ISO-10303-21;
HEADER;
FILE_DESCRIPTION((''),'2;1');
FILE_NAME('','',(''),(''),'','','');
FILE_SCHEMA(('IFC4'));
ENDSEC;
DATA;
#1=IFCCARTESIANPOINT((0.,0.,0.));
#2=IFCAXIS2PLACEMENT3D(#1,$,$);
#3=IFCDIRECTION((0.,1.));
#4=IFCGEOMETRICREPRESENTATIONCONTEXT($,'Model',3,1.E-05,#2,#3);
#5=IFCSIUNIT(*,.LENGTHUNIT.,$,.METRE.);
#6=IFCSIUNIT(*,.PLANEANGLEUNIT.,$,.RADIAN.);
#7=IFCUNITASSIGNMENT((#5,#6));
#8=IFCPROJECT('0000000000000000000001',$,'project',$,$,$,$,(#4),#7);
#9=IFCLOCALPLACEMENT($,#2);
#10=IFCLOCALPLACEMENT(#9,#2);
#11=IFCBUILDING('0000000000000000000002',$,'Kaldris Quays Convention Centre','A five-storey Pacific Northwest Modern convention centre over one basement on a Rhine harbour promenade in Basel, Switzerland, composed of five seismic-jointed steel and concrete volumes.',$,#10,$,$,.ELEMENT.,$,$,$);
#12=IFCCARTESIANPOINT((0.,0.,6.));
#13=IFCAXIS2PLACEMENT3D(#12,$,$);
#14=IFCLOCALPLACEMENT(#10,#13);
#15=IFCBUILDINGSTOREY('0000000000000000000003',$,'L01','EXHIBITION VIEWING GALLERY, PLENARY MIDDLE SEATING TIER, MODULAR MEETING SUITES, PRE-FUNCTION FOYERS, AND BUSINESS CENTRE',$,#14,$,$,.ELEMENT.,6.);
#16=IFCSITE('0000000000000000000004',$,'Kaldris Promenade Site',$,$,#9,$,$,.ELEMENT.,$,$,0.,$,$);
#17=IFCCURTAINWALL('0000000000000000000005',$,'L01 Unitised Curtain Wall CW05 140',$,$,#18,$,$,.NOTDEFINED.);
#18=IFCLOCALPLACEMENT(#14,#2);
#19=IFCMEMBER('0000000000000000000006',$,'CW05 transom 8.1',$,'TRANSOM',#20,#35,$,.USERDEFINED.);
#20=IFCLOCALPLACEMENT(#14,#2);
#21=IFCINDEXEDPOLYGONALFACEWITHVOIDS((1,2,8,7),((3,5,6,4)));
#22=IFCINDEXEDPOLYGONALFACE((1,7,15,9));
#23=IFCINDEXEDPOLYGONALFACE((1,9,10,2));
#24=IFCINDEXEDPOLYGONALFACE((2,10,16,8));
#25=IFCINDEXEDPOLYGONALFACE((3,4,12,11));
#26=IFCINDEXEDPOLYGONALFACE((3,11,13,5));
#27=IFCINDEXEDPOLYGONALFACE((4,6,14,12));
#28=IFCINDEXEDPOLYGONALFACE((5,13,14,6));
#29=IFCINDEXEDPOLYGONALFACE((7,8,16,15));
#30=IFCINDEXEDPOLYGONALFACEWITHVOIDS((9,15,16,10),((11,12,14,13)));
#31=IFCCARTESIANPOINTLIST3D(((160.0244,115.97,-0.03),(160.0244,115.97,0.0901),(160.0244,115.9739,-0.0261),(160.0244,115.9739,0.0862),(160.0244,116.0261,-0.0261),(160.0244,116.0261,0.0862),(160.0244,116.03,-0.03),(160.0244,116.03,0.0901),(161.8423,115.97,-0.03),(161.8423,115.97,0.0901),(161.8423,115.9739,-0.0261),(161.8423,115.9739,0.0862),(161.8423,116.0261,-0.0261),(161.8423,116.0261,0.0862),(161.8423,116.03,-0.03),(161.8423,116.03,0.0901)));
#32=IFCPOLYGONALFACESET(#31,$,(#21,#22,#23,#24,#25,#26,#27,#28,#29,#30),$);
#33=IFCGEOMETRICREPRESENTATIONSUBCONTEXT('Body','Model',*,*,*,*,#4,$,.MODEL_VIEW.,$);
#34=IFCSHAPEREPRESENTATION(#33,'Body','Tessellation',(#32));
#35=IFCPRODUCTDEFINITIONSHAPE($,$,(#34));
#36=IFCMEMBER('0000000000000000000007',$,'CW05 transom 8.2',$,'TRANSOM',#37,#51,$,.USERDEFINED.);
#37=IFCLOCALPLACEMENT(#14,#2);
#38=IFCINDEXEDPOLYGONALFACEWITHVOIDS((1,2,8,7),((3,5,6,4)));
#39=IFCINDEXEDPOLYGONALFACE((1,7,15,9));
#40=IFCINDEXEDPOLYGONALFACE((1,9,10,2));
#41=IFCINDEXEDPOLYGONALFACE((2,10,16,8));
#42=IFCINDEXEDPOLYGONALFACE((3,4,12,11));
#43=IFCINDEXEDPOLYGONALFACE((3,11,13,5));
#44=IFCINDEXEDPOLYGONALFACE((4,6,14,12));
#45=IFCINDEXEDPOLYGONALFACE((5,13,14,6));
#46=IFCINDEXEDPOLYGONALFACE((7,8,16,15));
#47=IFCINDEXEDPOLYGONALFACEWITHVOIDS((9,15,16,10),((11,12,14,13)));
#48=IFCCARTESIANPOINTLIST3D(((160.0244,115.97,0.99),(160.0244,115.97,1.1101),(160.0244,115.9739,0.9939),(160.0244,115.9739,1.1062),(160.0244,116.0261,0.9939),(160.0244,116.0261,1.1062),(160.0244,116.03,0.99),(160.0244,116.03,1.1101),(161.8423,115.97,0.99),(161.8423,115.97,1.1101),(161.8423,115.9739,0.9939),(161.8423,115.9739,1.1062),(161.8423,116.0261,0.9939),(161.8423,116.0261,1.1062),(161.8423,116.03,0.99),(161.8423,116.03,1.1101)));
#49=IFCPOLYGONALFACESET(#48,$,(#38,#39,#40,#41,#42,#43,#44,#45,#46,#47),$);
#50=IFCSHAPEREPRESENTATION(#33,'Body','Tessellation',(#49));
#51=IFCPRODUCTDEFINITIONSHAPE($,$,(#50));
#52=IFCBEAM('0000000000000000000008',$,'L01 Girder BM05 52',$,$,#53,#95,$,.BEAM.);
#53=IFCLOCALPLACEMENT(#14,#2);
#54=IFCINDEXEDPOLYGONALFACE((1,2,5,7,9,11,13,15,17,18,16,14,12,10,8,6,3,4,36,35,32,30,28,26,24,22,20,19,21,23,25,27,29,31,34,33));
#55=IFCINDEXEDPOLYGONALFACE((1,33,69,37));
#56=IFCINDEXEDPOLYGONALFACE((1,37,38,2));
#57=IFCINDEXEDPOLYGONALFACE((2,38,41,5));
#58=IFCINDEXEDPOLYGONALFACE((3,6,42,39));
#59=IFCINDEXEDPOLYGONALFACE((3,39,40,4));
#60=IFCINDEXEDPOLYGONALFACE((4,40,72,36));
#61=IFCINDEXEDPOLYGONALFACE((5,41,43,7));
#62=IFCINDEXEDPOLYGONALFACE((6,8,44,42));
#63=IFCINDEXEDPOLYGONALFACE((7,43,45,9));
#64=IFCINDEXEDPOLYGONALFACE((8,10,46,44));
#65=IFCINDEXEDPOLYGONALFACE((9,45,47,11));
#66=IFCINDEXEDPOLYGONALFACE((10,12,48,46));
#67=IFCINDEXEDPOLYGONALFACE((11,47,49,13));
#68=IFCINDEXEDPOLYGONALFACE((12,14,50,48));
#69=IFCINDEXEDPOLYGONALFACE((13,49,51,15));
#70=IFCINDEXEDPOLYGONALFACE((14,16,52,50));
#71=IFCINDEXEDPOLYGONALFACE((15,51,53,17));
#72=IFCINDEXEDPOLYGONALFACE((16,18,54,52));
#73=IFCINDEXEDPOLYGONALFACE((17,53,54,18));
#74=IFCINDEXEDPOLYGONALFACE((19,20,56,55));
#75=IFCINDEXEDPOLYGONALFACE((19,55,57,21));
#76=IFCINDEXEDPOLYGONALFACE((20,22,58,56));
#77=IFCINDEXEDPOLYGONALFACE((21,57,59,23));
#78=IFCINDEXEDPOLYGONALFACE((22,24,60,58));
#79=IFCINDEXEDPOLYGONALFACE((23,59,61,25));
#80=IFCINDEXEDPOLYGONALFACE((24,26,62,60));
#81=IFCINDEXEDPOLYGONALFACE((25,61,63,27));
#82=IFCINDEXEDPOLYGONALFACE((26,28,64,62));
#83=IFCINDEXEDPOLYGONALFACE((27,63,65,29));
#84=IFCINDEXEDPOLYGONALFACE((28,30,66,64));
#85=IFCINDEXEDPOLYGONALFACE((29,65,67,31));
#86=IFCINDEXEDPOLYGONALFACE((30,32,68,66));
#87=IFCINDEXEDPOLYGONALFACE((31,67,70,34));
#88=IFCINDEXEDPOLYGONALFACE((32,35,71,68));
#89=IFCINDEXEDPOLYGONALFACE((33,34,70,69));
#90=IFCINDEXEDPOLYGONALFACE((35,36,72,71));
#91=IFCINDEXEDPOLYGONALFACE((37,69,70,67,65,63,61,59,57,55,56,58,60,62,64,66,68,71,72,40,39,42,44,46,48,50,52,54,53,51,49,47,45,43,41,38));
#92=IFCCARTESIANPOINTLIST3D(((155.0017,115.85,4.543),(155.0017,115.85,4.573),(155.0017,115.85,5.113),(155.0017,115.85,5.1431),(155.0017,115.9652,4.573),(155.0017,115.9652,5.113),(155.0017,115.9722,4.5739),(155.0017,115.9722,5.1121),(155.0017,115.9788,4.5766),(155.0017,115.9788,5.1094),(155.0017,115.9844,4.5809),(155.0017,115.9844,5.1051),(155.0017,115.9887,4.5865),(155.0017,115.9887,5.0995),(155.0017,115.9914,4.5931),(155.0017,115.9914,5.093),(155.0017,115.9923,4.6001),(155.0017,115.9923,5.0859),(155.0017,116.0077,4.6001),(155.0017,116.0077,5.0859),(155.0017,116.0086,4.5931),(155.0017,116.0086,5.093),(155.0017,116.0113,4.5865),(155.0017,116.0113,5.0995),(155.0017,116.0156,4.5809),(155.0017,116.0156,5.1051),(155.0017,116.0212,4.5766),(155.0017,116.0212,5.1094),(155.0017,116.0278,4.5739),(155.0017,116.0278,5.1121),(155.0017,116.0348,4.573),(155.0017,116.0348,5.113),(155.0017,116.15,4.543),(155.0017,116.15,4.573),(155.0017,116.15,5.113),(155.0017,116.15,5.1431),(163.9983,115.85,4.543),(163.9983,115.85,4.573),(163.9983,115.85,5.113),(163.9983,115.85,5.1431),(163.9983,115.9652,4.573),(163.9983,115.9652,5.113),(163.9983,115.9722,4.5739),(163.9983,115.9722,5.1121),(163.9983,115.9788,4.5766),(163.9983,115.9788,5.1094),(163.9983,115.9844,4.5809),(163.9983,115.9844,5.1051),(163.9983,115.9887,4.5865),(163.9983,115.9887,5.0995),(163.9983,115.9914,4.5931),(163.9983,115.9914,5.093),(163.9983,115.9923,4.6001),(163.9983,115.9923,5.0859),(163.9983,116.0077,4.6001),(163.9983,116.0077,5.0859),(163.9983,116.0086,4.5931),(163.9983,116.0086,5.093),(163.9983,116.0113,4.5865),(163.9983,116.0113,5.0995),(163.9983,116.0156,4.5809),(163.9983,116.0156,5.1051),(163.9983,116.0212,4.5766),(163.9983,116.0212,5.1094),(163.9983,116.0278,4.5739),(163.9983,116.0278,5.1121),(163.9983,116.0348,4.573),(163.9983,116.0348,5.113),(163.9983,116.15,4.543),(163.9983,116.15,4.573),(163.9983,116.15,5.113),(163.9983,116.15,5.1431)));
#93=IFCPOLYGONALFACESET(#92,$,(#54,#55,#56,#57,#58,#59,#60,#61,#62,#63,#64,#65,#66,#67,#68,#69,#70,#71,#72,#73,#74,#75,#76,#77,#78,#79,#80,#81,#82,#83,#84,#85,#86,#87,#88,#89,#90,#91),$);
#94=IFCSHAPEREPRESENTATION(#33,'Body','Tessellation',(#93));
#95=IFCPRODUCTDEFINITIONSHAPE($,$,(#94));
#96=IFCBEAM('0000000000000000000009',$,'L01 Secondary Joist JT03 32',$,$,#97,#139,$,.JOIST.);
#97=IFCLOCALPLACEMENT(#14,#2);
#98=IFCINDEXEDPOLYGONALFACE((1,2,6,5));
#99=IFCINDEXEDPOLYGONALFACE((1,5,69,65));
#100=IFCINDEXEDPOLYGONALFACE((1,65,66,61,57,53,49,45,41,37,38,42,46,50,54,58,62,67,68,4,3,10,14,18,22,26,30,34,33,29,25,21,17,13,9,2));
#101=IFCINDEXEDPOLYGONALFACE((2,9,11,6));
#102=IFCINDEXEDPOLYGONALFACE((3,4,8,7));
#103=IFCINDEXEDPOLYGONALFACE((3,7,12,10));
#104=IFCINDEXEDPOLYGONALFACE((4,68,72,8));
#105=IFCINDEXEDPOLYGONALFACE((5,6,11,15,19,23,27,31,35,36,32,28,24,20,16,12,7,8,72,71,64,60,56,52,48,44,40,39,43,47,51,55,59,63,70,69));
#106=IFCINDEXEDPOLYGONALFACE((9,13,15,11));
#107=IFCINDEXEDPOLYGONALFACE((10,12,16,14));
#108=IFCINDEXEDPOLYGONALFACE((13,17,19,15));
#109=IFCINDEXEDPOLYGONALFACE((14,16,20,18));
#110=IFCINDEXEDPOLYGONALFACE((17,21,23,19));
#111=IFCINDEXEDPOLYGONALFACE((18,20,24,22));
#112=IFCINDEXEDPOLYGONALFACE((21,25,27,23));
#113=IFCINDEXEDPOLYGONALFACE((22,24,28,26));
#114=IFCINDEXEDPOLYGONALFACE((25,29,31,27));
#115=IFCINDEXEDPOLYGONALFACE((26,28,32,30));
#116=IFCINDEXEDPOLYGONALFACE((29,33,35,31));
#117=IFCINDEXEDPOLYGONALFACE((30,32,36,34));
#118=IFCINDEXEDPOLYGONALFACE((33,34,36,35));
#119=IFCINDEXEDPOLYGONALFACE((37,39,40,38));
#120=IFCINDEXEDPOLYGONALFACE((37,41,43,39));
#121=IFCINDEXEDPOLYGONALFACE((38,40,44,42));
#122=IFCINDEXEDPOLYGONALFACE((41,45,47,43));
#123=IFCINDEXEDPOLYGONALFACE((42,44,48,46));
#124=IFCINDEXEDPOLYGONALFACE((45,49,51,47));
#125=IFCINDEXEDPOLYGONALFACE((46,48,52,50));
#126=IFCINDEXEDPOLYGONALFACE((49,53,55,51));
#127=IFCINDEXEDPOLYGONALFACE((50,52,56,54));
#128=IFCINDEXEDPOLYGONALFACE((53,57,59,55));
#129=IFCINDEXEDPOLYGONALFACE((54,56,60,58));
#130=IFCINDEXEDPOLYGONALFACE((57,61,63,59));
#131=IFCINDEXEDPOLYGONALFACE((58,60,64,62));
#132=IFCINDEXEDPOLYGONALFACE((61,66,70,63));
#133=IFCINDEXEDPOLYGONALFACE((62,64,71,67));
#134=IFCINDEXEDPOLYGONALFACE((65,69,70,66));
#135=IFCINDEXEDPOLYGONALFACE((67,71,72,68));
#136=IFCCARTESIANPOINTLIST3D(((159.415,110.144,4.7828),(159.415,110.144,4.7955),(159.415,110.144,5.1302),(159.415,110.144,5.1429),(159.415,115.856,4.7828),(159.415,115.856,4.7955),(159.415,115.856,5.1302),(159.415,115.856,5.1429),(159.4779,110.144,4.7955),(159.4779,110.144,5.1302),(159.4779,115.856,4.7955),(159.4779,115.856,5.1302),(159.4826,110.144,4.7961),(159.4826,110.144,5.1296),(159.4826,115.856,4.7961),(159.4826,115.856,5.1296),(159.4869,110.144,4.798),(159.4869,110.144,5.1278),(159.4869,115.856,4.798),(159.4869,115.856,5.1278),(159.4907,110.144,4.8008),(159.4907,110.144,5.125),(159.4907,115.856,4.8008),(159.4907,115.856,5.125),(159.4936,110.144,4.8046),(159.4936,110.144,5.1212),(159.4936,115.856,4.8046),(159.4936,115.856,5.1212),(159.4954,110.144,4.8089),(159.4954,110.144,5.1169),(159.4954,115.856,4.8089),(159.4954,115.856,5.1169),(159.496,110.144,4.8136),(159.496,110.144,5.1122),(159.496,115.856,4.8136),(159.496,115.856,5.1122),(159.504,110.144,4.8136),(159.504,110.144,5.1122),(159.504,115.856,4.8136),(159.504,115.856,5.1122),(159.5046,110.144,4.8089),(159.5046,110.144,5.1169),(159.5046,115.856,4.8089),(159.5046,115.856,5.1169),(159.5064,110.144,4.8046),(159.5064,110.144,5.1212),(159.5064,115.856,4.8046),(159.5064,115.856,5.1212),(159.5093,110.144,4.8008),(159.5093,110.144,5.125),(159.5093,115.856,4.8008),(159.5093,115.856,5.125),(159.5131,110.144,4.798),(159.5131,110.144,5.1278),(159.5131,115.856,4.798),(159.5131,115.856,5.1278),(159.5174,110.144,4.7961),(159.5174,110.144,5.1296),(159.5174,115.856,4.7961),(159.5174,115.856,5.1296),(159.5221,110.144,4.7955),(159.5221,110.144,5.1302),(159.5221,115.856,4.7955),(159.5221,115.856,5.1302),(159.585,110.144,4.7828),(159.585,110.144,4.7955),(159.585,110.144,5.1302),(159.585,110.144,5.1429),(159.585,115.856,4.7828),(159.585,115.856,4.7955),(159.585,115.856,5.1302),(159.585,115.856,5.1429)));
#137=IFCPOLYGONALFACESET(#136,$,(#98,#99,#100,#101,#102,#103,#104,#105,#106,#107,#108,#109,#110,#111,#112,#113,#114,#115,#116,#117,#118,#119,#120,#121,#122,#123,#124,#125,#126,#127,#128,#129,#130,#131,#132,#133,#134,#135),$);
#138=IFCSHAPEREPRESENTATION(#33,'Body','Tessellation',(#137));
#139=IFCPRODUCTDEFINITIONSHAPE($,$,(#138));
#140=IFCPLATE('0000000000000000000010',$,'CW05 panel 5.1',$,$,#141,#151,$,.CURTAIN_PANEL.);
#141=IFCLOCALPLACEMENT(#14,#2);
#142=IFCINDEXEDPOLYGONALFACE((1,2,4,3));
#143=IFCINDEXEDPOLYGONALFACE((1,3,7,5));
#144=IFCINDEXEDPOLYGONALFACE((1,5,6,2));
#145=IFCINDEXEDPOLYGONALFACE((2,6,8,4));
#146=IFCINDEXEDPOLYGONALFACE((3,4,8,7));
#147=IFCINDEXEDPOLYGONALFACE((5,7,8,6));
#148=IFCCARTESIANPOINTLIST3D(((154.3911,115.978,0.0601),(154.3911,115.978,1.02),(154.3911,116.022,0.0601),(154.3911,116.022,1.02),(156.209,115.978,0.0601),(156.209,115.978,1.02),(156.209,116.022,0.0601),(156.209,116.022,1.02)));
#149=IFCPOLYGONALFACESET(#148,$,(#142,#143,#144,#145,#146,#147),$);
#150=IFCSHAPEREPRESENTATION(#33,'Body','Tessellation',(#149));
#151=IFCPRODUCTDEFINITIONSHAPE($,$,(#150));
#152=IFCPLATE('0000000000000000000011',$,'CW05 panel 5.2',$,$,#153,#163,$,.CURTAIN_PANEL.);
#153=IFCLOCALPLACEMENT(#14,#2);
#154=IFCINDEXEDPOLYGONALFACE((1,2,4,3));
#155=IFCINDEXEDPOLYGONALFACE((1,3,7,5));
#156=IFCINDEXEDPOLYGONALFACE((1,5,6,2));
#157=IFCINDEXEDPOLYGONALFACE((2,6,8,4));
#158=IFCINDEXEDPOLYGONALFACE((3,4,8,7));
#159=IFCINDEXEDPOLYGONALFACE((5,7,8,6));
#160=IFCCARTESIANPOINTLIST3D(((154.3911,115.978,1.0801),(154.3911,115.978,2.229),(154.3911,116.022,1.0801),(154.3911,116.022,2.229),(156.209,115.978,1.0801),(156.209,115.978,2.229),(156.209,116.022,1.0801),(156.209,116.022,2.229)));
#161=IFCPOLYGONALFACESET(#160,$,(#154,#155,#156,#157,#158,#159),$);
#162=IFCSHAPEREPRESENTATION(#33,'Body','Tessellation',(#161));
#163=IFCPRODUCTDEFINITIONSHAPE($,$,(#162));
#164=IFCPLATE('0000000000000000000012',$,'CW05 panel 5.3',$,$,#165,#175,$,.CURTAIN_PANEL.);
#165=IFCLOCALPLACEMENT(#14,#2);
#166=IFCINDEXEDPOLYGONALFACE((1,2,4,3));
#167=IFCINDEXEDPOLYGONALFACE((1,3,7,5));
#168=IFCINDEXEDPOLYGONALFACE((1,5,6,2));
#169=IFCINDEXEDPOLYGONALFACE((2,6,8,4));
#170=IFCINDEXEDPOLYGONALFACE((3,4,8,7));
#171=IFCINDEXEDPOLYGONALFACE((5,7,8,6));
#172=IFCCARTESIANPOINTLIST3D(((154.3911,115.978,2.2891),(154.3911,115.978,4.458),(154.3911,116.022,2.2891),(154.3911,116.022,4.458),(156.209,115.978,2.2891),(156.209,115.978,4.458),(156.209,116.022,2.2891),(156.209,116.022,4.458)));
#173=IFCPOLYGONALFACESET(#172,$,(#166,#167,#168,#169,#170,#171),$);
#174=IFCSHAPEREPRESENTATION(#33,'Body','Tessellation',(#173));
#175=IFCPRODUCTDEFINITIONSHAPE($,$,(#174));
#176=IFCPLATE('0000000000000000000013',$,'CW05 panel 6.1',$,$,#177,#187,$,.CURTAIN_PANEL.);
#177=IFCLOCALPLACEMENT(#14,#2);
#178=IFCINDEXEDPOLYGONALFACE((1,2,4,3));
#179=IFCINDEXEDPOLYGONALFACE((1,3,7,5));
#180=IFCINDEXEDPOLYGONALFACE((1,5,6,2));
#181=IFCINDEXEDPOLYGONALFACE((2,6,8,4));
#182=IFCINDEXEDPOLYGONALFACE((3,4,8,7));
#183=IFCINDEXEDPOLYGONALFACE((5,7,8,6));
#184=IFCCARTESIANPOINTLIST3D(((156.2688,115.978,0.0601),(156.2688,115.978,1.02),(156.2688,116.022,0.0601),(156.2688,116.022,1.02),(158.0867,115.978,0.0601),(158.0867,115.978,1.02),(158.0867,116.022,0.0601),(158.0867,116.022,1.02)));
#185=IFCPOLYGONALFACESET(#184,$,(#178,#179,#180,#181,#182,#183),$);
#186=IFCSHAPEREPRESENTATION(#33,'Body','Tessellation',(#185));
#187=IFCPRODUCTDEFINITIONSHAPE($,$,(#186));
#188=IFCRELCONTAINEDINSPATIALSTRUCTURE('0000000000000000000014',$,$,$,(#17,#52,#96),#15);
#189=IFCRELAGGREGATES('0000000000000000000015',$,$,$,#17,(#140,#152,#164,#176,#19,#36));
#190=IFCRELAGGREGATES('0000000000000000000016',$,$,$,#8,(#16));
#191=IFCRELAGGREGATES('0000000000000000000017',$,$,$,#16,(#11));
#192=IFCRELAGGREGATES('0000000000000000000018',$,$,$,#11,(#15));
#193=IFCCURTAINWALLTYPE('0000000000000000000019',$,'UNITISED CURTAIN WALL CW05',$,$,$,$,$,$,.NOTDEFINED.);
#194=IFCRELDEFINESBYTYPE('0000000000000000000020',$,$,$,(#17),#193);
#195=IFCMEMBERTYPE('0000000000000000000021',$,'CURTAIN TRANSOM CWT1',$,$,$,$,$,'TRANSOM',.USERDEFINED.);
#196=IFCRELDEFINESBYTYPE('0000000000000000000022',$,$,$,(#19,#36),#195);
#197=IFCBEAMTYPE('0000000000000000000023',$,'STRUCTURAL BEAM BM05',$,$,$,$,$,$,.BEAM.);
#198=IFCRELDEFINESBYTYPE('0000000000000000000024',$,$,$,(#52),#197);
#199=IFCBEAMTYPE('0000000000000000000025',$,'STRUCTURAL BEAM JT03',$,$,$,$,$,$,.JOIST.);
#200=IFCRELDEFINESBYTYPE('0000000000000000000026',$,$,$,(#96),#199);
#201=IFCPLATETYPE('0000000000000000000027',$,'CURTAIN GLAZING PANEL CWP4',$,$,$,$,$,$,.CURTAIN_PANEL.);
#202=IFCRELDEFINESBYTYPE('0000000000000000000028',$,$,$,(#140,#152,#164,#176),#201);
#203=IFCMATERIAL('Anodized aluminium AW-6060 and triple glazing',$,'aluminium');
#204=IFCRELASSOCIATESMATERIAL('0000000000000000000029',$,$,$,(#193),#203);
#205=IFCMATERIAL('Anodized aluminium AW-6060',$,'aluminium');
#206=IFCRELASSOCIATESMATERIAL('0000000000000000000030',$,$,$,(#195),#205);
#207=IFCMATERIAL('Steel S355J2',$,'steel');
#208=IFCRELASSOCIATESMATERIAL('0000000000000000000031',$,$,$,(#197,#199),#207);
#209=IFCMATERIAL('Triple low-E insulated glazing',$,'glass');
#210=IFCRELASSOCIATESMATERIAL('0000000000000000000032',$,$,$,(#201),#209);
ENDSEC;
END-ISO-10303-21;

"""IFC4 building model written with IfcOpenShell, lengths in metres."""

from ifc_helpers import new_model, si_unit, direction, frame, origin, origin_2d, place, context, subcontext, project, spatial, rectangle, hollow_rectangle, i_section, extrude, material, material_profile, profile_set, type_object, element, aggregate, save


model = new_model("IFC4")

# Units and contexts
model_context = context("Model", 3, precision=1e-05, world=origin(), true_north=direction((0.0, 1.0)))
body_context = subcontext(model_context, "Body", "Model", "MODEL_VIEW")
ifc_project = project(units=[si_unit("LENGTHUNIT", "METRE"), si_unit("PLANEANGLEUNIT", "RADIAN")], contexts=[model_context])

# Site, building, storey
site_placement = place(None, origin())
site = spatial("IfcSite", under=ifc_project, at=site_placement, Name="Kaldris Promenade Site", CompositionType="ELEMENT", RefElevation=0.0)
building_placement = place(site_placement, origin())
building = spatial("IfcBuilding", under=site, at=building_placement, Name="Kaldris Quays Convention Centre", Description="A five-storey Pacific Northwest Modern convention centre over one basement on a Rhine harbour promenade in Basel, Switzerland, composed of five seismic-jointed steel and concrete volumes.", CompositionType="ELEMENT")
storey_placement = place(building_placement, frame((0.0, 0.0, 6.0)))
storey = spatial("IfcBuildingStorey", under=building, at=storey_placement, Name="L01", Description="EXHIBITION VIEWING GALLERY, PLENARY MIDDLE SEATING TIER, MODULAR MEETING SUITES, PRE-FUNCTION FOYERS, AND BUSINESS CENTRE", CompositionType="ELEMENT", Elevation=6.0)

# Curtain wall, members
ifc_material_1 = material(Name="Anodized aluminium AW-6060 and triple glazing", Category="aluminium")
curtain_wall_type = type_object("IfcCurtainWallType", Name="UNITISED CURTAIN WALL CW05", PredefinedType="NOTDEFINED", material=ifc_material_1)
curtain_wall_placement = place(storey_placement, origin())
curtain_wall = element("IfcCurtainWall", 1, at=curtain_wall_placement, inside=storey, type_object=curtain_wall_type, Name="L01 Unitised Curtain Wall CW05 140", PredefinedType="NOTDEFINED")
ifc_material_2 = material(Name="Anodized aluminium AW-6060", Category="aluminium")
ifc_material_profile_1 = material_profile(ifc_material_2, hollow_rectangle(XDim=0.0601, YDim=0.1201, WallThickness=0.0039, at=origin_2d()), Name="RHS 120x60x4")
ifc_profile_set_1 = profile_set([ifc_material_profile_1], Name="Anodized aluminium AW-6060")
member_type_1 = type_object("IfcMemberType", Name="CURTAIN TRANSOM CWT1", ElementType="TRANSOM", PredefinedType="USERDEFINED", material=ifc_profile_set_1)
member_1_placement = place(storey_placement, frame((160.0244, 116.0, 0.03), z_axis=(1.0, 0.0, 0.0), x_axis=(0.0, 1.0, 0.0)))
member_1 = element("IfcMember", 2, at=member_1_placement, type_object=member_type_1, Name="CW05 transom 8.1", ObjectType="TRANSOM", PredefinedType="USERDEFINED", context=body_context, shape_type="SweptSolid", body=[
    extrude(hollow_rectangle(XDim=0.0601, YDim=0.1201, WallThickness=0.0039, at=origin_2d()), origin(), (0.0, 0.0, 1.0), 1.8179),
])
member_2_placement = place(storey_placement, frame((160.0244, 116.0, 1.05), z_axis=(1.0, 0.0, 0.0), x_axis=(0.0, 1.0, 0.0)))
member_2 = element("IfcMember", 3, at=member_2_placement, type_object=member_type_1, Name="CW05 transom 8.2", ObjectType="TRANSOM", PredefinedType="USERDEFINED", context=body_context, shape_type="SweptSolid", body=[
    extrude(hollow_rectangle(XDim=0.0601, YDim=0.1201, WallThickness=0.0039, at=origin_2d()), origin(), (0.0, 0.0, 1.0), 1.8179),
])

# Beams
ifc_material_3 = material(Name="Steel S355J2", Category="steel")
ifc_material_profile_2 = material_profile(ifc_material_3, i_section(OverallWidth=0.3, OverallDepth=0.6001, WebThickness=0.0154, FlangeThickness=0.03, FilletRadius=0.0271, at=origin_2d()), Name="HEB 600")
ifc_profile_set_2 = profile_set([ifc_material_profile_2], Name="Steel S355J2")
beam_type_1 = type_object("IfcBeamType", Name="STRUCTURAL BEAM BM05", PredefinedType="BEAM", material=ifc_profile_set_2)
beam_1_placement = place(storey_placement, frame((155.0017, 116.0, 4.843), z_axis=(1.0, 0.0, 0.0), x_axis=(0.0, 1.0, 0.0)))
element("IfcBeam", 4, at=beam_1_placement, inside=storey, type_object=beam_type_1, Name="L01 Girder BM05 52", PredefinedType="BEAM", context=body_context, shape_type="SweptSolid", body=[
    extrude(i_section(OverallWidth=0.3, OverallDepth=0.6001, WebThickness=0.0154, FlangeThickness=0.03, FilletRadius=0.0271, at=origin_2d()), origin(), (0.0, 0.0, 1.0), 8.9966),
])
ifc_material_profile_3 = material_profile(ifc_material_3, i_section(OverallWidth=0.1699, OverallDepth=0.3601, WebThickness=0.0081, FlangeThickness=0.0127, FilletRadius=0.0181, at=origin_2d()), Name="IPE 360")
ifc_profile_set_3 = profile_set([ifc_material_profile_3], Name="Steel S355J2")
beam_type_2 = type_object("IfcBeamType", Name="STRUCTURAL BEAM JT03", PredefinedType="JOIST", material=ifc_profile_set_3)
beam_2_placement = place(storey_placement, frame((159.5, 110.144, 4.9629), z_axis=(0.0, 1.0, 0.0), x_axis=(-1.0, 0.0, 0.0)))
element("IfcBeam", 5, at=beam_2_placement, inside=storey, type_object=beam_type_2, Name="L01 Secondary Joist JT03 32", PredefinedType="JOIST", context=body_context, shape_type="SweptSolid", body=[
    extrude(i_section(OverallWidth=0.1699, OverallDepth=0.3601, WebThickness=0.0081, FlangeThickness=0.0127, FilletRadius=0.0181, at=origin_2d()), origin(), (0.0, 0.0, 1.0), 5.7119),
])

# Plates
ifc_material_4 = material(Name="Triple low-E insulated glazing", Category="glass")
plate_type = type_object("IfcPlateType", Name="CURTAIN GLAZING PANEL CWP4", PredefinedType="CURTAIN_PANEL", material=ifc_material_4)
plate_1_placement = place(storey_placement, frame((155.3, 116.0, 0.0601), z_axis=(0.0, 0.0, 1.0), x_axis=(1.0, 0.0, 0.0)))
plate_1 = element("IfcPlate", 6, at=plate_1_placement, type_object=plate_type, Name="CW05 panel 5.1", PredefinedType="CURTAIN_PANEL", context=body_context, shape_type="SweptSolid", body=[
    extrude(rectangle(XDim=1.8179, YDim=0.0439, at=origin_2d()), origin(), (0.0, 0.0, 1.0), 0.96),
])
plate_2_placement = place(storey_placement, frame((155.3, 116.0, 1.0801), z_axis=(0.0, 0.0, 1.0), x_axis=(1.0, 0.0, 0.0)))
plate_2 = element("IfcPlate", 7, at=plate_2_placement, type_object=plate_type, Name="CW05 panel 5.2", PredefinedType="CURTAIN_PANEL", context=body_context, shape_type="SweptSolid", body=[
    extrude(rectangle(XDim=1.8179, YDim=0.0439, at=origin_2d()), origin(), (0.0, 0.0, 1.0), 1.1489),
])
plate_3_placement = place(storey_placement, frame((155.3, 116.0, 2.2891), z_axis=(0.0, 0.0, 1.0), x_axis=(1.0, 0.0, 0.0)))
plate_3 = element("IfcPlate", 8, at=plate_3_placement, type_object=plate_type, Name="CW05 panel 5.3", PredefinedType="CURTAIN_PANEL", context=body_context, shape_type="SweptSolid", body=[
    extrude(rectangle(XDim=1.8179, YDim=0.0439, at=origin_2d()), origin(), (0.0, 0.0, 1.0), 2.1689),
])
plate_4_placement = place(storey_placement, frame((157.1777, 116.0, 0.0601), z_axis=(0.0, 0.0, 1.0), x_axis=(1.0, 0.0, 0.0)))
plate_4 = element("IfcPlate", 9, at=plate_4_placement, type_object=plate_type, Name="CW05 panel 6.1", PredefinedType="CURTAIN_PANEL", context=body_context, shape_type="SweptSolid", body=[
    extrude(rectangle(XDim=1.8179, YDim=0.0439, at=origin_2d()), origin(), (0.0, 0.0, 1.0), 0.96),
])
aggregate(curtain_wall, [plate_1, plate_2, plate_3, plate_4, member_1, member_2])

save(model, "model.ifc")
